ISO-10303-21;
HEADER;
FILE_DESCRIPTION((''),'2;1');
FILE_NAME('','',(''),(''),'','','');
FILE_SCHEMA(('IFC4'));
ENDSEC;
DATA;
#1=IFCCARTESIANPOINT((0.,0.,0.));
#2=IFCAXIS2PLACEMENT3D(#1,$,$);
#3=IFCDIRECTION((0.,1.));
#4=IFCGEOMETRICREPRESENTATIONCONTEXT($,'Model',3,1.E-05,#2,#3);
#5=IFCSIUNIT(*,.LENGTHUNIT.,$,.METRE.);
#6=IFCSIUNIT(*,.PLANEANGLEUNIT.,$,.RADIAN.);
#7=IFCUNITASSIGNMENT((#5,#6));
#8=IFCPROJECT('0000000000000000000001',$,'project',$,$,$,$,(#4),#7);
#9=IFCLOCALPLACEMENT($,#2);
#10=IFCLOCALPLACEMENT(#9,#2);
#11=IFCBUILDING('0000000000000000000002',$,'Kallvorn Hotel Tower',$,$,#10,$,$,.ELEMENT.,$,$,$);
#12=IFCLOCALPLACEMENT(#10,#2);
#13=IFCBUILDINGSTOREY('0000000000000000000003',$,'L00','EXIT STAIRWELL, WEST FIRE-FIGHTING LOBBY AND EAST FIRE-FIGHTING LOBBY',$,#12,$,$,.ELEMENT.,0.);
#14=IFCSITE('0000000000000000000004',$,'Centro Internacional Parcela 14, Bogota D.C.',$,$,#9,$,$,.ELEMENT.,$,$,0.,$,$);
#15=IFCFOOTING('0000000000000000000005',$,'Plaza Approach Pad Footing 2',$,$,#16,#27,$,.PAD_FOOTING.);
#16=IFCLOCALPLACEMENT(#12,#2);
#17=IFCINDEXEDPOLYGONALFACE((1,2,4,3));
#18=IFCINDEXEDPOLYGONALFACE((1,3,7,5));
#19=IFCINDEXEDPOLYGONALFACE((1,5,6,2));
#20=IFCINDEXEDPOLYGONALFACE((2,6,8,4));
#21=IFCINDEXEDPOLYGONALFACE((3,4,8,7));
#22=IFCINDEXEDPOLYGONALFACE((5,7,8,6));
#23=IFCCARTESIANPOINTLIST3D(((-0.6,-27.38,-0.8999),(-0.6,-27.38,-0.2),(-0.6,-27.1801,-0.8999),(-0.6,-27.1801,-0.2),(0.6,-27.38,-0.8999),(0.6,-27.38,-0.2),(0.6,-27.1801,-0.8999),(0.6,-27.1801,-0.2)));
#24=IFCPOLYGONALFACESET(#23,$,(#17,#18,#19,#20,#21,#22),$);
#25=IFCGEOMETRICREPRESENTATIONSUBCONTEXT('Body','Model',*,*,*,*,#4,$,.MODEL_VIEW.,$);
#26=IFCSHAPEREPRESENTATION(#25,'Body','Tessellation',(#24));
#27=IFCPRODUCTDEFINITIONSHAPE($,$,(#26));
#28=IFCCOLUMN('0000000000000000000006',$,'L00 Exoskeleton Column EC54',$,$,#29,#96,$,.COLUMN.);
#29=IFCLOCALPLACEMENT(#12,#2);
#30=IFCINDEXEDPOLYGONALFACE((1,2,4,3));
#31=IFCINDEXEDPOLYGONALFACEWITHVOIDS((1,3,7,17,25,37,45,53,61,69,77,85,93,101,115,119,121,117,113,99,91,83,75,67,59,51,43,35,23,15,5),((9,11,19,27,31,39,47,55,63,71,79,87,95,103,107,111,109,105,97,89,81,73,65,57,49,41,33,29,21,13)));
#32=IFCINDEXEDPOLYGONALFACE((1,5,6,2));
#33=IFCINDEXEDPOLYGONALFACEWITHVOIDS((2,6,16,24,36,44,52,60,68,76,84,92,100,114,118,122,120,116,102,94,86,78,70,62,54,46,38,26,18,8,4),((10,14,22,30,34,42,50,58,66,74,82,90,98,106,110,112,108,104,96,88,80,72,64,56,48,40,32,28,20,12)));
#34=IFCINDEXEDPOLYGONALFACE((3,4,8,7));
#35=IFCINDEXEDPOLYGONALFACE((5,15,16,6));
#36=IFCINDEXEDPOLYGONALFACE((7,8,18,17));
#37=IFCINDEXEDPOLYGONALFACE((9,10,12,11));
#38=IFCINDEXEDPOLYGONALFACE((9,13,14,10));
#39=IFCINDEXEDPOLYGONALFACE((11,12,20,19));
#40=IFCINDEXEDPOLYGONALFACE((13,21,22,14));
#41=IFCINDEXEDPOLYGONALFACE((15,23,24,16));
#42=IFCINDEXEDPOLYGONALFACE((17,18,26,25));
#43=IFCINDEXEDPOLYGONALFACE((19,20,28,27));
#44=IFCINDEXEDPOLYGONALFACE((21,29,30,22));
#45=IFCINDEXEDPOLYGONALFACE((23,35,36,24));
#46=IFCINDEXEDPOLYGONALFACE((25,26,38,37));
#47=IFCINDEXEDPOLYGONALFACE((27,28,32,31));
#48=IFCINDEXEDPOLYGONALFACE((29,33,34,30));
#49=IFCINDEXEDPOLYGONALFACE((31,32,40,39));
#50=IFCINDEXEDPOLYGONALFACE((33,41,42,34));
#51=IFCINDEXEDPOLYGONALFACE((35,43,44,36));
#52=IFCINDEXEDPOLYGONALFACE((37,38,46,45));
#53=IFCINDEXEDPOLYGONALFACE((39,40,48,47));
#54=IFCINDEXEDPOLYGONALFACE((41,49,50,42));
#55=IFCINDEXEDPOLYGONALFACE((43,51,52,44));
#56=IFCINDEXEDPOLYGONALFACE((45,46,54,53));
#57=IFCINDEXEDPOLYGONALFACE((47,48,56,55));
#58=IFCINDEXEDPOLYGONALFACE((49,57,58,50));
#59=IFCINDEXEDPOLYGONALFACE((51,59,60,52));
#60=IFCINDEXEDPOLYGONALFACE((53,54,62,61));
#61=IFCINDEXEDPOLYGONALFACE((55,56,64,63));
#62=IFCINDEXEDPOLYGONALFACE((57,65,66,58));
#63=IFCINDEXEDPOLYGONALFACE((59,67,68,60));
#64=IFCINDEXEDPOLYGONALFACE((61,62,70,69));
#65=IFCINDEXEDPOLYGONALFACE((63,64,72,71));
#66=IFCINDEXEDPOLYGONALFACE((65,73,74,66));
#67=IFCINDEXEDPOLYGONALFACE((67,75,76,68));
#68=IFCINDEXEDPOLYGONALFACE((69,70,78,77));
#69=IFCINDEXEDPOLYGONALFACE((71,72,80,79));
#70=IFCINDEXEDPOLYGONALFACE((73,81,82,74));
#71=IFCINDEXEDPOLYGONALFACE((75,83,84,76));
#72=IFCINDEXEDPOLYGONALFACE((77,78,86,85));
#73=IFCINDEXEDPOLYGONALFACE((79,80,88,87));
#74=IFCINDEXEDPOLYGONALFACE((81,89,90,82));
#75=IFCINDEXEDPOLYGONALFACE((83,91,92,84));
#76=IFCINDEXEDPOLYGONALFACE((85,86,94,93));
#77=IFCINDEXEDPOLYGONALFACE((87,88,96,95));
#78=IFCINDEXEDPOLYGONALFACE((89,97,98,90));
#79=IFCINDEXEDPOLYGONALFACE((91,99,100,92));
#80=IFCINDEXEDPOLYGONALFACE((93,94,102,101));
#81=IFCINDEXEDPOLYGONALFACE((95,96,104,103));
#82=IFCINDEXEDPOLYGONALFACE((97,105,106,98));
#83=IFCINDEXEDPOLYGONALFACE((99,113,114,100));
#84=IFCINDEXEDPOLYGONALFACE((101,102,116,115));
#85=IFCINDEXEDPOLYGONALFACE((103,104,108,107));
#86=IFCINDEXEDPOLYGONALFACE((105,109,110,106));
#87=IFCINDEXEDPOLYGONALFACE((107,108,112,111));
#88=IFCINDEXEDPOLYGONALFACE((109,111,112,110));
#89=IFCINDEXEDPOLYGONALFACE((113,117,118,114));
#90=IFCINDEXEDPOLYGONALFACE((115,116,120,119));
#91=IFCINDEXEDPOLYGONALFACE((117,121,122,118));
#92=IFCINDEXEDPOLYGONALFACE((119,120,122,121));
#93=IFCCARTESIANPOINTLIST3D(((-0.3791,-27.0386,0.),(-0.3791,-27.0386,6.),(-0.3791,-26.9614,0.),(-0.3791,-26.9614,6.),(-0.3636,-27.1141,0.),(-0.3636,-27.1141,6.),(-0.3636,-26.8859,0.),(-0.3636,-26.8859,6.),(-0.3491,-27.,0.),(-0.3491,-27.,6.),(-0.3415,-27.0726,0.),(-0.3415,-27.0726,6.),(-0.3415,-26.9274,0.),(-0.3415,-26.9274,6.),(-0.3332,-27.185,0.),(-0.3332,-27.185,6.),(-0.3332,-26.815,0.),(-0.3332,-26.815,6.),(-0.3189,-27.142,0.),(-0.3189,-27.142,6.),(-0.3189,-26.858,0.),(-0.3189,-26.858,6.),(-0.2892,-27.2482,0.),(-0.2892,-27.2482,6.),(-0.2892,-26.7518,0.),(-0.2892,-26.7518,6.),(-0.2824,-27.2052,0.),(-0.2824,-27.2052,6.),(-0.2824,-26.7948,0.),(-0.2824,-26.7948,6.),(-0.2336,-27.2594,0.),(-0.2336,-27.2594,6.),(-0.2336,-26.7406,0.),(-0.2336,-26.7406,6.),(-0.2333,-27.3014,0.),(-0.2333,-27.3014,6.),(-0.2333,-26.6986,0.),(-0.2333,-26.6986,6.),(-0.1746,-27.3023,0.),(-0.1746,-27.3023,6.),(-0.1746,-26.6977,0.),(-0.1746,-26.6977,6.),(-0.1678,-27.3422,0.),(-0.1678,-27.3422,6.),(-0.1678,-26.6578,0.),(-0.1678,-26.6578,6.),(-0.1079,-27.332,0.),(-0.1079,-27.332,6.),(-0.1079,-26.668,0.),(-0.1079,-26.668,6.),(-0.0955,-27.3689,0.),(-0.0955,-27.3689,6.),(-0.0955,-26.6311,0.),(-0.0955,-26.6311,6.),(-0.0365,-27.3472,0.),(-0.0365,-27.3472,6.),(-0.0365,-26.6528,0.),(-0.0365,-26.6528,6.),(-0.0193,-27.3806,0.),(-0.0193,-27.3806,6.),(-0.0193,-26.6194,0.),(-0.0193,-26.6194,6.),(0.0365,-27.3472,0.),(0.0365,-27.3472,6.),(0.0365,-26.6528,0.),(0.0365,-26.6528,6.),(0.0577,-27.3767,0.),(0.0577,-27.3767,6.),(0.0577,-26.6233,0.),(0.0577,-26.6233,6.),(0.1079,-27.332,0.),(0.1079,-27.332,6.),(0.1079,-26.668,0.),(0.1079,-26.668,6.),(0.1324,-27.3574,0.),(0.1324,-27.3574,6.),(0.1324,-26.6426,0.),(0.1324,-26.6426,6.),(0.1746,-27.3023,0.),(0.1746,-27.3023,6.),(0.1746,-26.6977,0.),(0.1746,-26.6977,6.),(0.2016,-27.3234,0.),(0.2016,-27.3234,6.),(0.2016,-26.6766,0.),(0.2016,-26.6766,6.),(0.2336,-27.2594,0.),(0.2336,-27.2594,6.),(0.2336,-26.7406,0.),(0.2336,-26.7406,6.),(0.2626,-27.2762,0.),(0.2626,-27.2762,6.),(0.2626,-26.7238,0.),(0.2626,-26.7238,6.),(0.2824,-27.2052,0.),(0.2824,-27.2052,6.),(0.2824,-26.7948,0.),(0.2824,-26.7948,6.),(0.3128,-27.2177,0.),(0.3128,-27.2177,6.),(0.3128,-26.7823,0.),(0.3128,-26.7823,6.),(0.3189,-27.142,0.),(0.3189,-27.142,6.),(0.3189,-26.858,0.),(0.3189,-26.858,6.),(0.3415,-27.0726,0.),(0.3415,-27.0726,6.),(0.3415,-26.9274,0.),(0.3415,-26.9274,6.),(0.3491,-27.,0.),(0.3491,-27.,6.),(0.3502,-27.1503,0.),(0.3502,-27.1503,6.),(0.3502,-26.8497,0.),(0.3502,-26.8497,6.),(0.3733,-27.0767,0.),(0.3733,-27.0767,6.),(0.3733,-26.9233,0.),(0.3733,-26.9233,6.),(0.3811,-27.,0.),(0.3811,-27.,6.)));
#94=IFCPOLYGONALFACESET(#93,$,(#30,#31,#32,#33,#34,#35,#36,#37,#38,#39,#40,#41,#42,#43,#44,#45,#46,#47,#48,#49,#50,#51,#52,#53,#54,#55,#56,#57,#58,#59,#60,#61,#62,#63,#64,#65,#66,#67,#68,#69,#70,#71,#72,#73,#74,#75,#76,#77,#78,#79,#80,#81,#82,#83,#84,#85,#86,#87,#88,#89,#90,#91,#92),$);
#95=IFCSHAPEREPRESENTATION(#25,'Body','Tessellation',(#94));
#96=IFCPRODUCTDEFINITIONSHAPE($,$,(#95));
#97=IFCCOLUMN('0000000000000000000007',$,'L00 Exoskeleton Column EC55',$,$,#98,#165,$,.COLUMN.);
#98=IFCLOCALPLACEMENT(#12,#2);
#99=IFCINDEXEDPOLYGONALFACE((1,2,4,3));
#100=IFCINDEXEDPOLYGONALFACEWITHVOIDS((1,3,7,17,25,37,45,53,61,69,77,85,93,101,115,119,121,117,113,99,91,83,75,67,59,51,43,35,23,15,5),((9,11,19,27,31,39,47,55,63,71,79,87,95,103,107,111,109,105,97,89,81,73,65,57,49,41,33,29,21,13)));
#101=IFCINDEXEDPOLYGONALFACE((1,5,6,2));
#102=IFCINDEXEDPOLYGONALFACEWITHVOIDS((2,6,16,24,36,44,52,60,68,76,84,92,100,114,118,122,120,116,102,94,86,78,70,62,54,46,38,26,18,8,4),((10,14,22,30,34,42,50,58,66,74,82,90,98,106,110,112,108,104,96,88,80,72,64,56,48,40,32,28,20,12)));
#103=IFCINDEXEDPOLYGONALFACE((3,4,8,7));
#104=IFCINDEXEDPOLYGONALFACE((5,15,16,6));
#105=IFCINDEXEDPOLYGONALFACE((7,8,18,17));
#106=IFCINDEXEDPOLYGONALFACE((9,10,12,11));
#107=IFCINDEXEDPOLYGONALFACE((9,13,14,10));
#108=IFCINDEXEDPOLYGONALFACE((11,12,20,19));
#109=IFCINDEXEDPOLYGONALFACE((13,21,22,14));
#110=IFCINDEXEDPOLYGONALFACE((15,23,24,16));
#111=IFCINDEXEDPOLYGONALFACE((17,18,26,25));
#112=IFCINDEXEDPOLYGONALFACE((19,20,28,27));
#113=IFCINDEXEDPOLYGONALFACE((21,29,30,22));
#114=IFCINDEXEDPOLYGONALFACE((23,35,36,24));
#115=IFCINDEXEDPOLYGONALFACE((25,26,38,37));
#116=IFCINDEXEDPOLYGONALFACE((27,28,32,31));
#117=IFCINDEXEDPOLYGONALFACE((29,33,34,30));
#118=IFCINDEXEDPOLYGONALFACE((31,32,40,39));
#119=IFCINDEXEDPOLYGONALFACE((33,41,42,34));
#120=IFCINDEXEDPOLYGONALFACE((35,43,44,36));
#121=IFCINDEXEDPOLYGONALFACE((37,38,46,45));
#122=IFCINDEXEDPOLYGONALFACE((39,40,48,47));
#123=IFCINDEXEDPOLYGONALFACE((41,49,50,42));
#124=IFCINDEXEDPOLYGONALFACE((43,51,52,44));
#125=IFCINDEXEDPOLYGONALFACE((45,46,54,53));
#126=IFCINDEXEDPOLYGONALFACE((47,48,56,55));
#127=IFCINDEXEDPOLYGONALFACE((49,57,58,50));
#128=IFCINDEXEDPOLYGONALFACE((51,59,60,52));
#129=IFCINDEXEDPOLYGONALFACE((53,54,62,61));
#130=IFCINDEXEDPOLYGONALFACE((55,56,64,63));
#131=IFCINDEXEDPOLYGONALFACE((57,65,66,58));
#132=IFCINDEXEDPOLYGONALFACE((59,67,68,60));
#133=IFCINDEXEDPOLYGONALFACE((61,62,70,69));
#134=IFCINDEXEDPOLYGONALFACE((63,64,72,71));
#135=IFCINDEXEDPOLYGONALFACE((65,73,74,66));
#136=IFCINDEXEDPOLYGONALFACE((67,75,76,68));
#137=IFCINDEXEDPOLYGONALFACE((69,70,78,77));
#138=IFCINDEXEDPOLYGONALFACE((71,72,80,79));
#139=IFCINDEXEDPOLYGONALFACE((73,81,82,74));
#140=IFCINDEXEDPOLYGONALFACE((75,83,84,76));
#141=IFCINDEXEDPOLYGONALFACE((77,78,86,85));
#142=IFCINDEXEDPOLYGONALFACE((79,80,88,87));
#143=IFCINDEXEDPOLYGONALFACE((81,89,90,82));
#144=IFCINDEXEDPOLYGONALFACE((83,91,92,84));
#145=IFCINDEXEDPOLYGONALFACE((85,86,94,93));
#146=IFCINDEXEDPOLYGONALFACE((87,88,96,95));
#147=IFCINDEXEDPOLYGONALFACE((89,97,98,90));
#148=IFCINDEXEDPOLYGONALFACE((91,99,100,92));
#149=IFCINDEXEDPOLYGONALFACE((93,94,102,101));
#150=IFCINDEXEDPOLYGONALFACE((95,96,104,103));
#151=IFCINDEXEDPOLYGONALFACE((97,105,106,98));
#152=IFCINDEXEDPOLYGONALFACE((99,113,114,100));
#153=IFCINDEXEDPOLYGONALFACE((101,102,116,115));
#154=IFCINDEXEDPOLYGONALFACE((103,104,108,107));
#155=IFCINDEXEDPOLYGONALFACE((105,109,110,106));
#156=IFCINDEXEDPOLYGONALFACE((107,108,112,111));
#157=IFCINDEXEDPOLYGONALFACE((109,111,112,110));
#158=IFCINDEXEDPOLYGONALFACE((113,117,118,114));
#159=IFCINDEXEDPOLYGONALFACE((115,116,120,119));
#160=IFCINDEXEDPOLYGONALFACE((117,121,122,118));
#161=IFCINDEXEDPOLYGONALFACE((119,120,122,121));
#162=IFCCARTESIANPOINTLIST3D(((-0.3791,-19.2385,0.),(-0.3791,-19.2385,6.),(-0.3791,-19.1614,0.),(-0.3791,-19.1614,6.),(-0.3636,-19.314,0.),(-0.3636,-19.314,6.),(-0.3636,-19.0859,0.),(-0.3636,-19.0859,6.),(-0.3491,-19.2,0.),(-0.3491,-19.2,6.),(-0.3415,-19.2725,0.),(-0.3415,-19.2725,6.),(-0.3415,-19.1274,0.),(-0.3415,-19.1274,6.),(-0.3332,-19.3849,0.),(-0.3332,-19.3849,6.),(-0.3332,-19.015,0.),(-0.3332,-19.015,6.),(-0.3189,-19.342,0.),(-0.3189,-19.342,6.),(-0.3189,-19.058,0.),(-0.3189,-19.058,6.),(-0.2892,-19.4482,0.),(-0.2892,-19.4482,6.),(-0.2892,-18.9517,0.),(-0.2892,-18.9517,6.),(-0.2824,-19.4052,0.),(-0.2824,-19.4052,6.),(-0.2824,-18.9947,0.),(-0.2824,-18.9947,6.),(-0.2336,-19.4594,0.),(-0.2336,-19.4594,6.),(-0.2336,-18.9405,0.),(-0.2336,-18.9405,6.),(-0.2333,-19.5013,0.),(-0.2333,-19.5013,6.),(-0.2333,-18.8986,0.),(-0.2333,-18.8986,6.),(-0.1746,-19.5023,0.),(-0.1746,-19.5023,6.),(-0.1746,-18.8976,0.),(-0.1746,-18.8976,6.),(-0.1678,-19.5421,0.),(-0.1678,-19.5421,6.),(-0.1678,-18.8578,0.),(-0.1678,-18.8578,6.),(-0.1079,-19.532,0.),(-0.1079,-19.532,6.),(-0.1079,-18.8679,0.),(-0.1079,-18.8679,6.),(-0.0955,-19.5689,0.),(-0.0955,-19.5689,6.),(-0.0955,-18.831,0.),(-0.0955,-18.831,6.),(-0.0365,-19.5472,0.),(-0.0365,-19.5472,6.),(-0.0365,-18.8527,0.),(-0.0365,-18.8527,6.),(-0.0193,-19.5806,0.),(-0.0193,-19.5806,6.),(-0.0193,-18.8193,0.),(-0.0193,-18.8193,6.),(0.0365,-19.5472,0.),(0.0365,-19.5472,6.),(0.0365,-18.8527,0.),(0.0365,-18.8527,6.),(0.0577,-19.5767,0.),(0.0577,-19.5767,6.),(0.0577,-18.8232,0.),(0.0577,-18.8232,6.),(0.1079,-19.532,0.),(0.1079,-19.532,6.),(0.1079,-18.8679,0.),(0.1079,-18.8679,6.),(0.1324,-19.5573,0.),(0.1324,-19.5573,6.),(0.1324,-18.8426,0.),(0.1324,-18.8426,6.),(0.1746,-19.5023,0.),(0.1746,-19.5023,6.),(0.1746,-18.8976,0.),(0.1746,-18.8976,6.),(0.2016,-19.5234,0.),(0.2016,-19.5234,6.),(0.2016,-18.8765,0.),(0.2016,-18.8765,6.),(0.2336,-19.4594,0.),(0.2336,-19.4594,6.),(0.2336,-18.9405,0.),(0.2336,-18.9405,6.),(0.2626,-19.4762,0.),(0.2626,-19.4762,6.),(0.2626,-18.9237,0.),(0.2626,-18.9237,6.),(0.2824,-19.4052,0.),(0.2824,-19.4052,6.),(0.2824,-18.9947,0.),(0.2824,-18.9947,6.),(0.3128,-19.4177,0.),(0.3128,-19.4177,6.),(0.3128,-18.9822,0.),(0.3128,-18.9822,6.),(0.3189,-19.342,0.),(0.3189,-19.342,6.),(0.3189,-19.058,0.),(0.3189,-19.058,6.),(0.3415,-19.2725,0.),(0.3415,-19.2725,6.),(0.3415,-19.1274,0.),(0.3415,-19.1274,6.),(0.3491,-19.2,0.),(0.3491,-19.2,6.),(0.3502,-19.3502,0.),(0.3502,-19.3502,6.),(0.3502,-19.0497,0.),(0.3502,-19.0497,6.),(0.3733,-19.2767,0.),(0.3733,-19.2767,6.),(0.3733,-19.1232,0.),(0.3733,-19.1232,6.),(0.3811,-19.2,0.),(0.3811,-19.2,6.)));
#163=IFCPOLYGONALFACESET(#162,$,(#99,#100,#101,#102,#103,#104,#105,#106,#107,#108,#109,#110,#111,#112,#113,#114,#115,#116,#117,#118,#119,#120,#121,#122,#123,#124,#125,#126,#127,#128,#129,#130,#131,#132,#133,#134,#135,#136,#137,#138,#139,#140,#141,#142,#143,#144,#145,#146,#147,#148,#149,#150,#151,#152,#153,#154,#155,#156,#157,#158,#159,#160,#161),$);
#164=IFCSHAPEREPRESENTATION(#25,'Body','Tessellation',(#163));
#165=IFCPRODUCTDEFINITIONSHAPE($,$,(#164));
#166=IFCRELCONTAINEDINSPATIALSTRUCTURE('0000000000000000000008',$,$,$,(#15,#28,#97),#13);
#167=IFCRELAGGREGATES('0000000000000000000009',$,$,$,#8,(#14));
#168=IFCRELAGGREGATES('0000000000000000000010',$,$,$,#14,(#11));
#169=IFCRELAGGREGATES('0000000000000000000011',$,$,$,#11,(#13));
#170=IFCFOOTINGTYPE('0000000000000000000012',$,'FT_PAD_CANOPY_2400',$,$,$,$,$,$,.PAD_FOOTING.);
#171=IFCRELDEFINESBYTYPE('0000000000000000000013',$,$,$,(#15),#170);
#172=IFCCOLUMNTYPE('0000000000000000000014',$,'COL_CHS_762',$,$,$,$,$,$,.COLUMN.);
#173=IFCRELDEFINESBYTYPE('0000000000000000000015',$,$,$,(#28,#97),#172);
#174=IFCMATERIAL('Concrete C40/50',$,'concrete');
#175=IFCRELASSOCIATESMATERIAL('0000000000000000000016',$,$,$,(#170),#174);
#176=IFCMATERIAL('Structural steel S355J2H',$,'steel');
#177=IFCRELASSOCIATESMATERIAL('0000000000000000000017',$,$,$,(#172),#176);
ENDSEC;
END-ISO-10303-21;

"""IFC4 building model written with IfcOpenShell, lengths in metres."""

from ifc_helpers import new_model, si_unit, direction, frame, origin, origin_2d, place, context, subcontext, project, spatial, rectangle, hollow_circle, extrude, material, material_profile, profile_set, type_object, element, save


model = new_model("IFC4")

# Units and contexts
model_context = context("Model", 3, precision=1e-05, world=origin(), true_north=direction((0.0, 1.0)))
body_context = subcontext(model_context, "Body", "Model", "MODEL_VIEW")
ifc_project = project(units=[si_unit("LENGTHUNIT", "METRE"), si_unit("PLANEANGLEUNIT", "RADIAN")], contexts=[model_context])

# Site, building, storey
site_placement = place(None, origin())
site = spatial("IfcSite", under=ifc_project, at=site_placement, Name="Centro Internacional Parcela 14, Bogota D.C.", CompositionType="ELEMENT", RefElevation=0.0)
building_placement = place(site_placement, origin())
building = spatial("IfcBuilding", under=site, at=building_placement, Name="Kallvorn Hotel Tower", CompositionType="ELEMENT")
storey_placement = place(building_placement, origin())
storey = spatial("IfcBuildingStorey", under=building, at=storey_placement, Name="L00", Description="EXIT STAIRWELL, WEST FIRE-FIGHTING LOBBY AND EAST FIRE-FIGHTING LOBBY", CompositionType="ELEMENT", Elevation=0.0)

# Footing
ifc_material_1 = material(Name="Concrete C40/50", Category="concrete")
footing_type = type_object("IfcFootingType", Name="FT_PAD_CANOPY_2400", PredefinedType="PAD_FOOTING", material=ifc_material_1)
footing_placement = place(storey_placement, frame((0.0, -27.28, -0.8999), z_axis=(0.0, 0.0, 1.0), x_axis=(1.0, 0.0, 0.0)))
element("IfcFooting", 1, at=footing_placement, inside=storey, type_object=footing_type, Name="Plaza Approach Pad Footing 2", PredefinedType="PAD_FOOTING", context=body_context, shape_type="SweptSolid", body=[
    extrude(rectangle(XDim=1.2, YDim=0.2, at=origin_2d()), origin(), (0.0, 0.0, 1.0), 0.7),
])

# Columns
ifc_material_2 = material(Name="Structural steel S355J2H", Category="steel")
ifc_material_profile_1 = material_profile(ifc_material_2, hollow_circle(Radius=0.3811, WallThickness=0.032, at=origin_2d()), Name="CHS 762x32")
ifc_profile_set_1 = profile_set([ifc_material_profile_1], Name="Structural steel S355J2H")
column_type_1 = type_object("IfcColumnType", Name="COL_CHS_762", PredefinedType="COLUMN", material=ifc_profile_set_1)
for number, where, z_axis, x_axis, name in (
    (2, (0.0, -27.0, 0.0), (0.0, 0.0, 1.0), (1.0, 0.0, 0.0), "L00 Exoskeleton Column EC54"),
    (3, (0.0, -19.2, 0.0), (0.0, 0.0, 1.0), (1.0, 0.0, 0.0), "L00 Exoskeleton Column EC55"),
):
    element("IfcColumn", number, at=place(storey_placement, frame(where, z_axis=z_axis, x_axis=x_axis)), inside=storey, type_object=column_type_1, Name=name, PredefinedType="COLUMN", context=body_context, shape_type="SweptSolid", body=[
        extrude(hollow_circle(Radius=0.3811, WallThickness=0.032, at=origin_2d()), origin(), (0.0, 0.0, 1.0), 6.0),
    ])

save(model, "model.ifc")
